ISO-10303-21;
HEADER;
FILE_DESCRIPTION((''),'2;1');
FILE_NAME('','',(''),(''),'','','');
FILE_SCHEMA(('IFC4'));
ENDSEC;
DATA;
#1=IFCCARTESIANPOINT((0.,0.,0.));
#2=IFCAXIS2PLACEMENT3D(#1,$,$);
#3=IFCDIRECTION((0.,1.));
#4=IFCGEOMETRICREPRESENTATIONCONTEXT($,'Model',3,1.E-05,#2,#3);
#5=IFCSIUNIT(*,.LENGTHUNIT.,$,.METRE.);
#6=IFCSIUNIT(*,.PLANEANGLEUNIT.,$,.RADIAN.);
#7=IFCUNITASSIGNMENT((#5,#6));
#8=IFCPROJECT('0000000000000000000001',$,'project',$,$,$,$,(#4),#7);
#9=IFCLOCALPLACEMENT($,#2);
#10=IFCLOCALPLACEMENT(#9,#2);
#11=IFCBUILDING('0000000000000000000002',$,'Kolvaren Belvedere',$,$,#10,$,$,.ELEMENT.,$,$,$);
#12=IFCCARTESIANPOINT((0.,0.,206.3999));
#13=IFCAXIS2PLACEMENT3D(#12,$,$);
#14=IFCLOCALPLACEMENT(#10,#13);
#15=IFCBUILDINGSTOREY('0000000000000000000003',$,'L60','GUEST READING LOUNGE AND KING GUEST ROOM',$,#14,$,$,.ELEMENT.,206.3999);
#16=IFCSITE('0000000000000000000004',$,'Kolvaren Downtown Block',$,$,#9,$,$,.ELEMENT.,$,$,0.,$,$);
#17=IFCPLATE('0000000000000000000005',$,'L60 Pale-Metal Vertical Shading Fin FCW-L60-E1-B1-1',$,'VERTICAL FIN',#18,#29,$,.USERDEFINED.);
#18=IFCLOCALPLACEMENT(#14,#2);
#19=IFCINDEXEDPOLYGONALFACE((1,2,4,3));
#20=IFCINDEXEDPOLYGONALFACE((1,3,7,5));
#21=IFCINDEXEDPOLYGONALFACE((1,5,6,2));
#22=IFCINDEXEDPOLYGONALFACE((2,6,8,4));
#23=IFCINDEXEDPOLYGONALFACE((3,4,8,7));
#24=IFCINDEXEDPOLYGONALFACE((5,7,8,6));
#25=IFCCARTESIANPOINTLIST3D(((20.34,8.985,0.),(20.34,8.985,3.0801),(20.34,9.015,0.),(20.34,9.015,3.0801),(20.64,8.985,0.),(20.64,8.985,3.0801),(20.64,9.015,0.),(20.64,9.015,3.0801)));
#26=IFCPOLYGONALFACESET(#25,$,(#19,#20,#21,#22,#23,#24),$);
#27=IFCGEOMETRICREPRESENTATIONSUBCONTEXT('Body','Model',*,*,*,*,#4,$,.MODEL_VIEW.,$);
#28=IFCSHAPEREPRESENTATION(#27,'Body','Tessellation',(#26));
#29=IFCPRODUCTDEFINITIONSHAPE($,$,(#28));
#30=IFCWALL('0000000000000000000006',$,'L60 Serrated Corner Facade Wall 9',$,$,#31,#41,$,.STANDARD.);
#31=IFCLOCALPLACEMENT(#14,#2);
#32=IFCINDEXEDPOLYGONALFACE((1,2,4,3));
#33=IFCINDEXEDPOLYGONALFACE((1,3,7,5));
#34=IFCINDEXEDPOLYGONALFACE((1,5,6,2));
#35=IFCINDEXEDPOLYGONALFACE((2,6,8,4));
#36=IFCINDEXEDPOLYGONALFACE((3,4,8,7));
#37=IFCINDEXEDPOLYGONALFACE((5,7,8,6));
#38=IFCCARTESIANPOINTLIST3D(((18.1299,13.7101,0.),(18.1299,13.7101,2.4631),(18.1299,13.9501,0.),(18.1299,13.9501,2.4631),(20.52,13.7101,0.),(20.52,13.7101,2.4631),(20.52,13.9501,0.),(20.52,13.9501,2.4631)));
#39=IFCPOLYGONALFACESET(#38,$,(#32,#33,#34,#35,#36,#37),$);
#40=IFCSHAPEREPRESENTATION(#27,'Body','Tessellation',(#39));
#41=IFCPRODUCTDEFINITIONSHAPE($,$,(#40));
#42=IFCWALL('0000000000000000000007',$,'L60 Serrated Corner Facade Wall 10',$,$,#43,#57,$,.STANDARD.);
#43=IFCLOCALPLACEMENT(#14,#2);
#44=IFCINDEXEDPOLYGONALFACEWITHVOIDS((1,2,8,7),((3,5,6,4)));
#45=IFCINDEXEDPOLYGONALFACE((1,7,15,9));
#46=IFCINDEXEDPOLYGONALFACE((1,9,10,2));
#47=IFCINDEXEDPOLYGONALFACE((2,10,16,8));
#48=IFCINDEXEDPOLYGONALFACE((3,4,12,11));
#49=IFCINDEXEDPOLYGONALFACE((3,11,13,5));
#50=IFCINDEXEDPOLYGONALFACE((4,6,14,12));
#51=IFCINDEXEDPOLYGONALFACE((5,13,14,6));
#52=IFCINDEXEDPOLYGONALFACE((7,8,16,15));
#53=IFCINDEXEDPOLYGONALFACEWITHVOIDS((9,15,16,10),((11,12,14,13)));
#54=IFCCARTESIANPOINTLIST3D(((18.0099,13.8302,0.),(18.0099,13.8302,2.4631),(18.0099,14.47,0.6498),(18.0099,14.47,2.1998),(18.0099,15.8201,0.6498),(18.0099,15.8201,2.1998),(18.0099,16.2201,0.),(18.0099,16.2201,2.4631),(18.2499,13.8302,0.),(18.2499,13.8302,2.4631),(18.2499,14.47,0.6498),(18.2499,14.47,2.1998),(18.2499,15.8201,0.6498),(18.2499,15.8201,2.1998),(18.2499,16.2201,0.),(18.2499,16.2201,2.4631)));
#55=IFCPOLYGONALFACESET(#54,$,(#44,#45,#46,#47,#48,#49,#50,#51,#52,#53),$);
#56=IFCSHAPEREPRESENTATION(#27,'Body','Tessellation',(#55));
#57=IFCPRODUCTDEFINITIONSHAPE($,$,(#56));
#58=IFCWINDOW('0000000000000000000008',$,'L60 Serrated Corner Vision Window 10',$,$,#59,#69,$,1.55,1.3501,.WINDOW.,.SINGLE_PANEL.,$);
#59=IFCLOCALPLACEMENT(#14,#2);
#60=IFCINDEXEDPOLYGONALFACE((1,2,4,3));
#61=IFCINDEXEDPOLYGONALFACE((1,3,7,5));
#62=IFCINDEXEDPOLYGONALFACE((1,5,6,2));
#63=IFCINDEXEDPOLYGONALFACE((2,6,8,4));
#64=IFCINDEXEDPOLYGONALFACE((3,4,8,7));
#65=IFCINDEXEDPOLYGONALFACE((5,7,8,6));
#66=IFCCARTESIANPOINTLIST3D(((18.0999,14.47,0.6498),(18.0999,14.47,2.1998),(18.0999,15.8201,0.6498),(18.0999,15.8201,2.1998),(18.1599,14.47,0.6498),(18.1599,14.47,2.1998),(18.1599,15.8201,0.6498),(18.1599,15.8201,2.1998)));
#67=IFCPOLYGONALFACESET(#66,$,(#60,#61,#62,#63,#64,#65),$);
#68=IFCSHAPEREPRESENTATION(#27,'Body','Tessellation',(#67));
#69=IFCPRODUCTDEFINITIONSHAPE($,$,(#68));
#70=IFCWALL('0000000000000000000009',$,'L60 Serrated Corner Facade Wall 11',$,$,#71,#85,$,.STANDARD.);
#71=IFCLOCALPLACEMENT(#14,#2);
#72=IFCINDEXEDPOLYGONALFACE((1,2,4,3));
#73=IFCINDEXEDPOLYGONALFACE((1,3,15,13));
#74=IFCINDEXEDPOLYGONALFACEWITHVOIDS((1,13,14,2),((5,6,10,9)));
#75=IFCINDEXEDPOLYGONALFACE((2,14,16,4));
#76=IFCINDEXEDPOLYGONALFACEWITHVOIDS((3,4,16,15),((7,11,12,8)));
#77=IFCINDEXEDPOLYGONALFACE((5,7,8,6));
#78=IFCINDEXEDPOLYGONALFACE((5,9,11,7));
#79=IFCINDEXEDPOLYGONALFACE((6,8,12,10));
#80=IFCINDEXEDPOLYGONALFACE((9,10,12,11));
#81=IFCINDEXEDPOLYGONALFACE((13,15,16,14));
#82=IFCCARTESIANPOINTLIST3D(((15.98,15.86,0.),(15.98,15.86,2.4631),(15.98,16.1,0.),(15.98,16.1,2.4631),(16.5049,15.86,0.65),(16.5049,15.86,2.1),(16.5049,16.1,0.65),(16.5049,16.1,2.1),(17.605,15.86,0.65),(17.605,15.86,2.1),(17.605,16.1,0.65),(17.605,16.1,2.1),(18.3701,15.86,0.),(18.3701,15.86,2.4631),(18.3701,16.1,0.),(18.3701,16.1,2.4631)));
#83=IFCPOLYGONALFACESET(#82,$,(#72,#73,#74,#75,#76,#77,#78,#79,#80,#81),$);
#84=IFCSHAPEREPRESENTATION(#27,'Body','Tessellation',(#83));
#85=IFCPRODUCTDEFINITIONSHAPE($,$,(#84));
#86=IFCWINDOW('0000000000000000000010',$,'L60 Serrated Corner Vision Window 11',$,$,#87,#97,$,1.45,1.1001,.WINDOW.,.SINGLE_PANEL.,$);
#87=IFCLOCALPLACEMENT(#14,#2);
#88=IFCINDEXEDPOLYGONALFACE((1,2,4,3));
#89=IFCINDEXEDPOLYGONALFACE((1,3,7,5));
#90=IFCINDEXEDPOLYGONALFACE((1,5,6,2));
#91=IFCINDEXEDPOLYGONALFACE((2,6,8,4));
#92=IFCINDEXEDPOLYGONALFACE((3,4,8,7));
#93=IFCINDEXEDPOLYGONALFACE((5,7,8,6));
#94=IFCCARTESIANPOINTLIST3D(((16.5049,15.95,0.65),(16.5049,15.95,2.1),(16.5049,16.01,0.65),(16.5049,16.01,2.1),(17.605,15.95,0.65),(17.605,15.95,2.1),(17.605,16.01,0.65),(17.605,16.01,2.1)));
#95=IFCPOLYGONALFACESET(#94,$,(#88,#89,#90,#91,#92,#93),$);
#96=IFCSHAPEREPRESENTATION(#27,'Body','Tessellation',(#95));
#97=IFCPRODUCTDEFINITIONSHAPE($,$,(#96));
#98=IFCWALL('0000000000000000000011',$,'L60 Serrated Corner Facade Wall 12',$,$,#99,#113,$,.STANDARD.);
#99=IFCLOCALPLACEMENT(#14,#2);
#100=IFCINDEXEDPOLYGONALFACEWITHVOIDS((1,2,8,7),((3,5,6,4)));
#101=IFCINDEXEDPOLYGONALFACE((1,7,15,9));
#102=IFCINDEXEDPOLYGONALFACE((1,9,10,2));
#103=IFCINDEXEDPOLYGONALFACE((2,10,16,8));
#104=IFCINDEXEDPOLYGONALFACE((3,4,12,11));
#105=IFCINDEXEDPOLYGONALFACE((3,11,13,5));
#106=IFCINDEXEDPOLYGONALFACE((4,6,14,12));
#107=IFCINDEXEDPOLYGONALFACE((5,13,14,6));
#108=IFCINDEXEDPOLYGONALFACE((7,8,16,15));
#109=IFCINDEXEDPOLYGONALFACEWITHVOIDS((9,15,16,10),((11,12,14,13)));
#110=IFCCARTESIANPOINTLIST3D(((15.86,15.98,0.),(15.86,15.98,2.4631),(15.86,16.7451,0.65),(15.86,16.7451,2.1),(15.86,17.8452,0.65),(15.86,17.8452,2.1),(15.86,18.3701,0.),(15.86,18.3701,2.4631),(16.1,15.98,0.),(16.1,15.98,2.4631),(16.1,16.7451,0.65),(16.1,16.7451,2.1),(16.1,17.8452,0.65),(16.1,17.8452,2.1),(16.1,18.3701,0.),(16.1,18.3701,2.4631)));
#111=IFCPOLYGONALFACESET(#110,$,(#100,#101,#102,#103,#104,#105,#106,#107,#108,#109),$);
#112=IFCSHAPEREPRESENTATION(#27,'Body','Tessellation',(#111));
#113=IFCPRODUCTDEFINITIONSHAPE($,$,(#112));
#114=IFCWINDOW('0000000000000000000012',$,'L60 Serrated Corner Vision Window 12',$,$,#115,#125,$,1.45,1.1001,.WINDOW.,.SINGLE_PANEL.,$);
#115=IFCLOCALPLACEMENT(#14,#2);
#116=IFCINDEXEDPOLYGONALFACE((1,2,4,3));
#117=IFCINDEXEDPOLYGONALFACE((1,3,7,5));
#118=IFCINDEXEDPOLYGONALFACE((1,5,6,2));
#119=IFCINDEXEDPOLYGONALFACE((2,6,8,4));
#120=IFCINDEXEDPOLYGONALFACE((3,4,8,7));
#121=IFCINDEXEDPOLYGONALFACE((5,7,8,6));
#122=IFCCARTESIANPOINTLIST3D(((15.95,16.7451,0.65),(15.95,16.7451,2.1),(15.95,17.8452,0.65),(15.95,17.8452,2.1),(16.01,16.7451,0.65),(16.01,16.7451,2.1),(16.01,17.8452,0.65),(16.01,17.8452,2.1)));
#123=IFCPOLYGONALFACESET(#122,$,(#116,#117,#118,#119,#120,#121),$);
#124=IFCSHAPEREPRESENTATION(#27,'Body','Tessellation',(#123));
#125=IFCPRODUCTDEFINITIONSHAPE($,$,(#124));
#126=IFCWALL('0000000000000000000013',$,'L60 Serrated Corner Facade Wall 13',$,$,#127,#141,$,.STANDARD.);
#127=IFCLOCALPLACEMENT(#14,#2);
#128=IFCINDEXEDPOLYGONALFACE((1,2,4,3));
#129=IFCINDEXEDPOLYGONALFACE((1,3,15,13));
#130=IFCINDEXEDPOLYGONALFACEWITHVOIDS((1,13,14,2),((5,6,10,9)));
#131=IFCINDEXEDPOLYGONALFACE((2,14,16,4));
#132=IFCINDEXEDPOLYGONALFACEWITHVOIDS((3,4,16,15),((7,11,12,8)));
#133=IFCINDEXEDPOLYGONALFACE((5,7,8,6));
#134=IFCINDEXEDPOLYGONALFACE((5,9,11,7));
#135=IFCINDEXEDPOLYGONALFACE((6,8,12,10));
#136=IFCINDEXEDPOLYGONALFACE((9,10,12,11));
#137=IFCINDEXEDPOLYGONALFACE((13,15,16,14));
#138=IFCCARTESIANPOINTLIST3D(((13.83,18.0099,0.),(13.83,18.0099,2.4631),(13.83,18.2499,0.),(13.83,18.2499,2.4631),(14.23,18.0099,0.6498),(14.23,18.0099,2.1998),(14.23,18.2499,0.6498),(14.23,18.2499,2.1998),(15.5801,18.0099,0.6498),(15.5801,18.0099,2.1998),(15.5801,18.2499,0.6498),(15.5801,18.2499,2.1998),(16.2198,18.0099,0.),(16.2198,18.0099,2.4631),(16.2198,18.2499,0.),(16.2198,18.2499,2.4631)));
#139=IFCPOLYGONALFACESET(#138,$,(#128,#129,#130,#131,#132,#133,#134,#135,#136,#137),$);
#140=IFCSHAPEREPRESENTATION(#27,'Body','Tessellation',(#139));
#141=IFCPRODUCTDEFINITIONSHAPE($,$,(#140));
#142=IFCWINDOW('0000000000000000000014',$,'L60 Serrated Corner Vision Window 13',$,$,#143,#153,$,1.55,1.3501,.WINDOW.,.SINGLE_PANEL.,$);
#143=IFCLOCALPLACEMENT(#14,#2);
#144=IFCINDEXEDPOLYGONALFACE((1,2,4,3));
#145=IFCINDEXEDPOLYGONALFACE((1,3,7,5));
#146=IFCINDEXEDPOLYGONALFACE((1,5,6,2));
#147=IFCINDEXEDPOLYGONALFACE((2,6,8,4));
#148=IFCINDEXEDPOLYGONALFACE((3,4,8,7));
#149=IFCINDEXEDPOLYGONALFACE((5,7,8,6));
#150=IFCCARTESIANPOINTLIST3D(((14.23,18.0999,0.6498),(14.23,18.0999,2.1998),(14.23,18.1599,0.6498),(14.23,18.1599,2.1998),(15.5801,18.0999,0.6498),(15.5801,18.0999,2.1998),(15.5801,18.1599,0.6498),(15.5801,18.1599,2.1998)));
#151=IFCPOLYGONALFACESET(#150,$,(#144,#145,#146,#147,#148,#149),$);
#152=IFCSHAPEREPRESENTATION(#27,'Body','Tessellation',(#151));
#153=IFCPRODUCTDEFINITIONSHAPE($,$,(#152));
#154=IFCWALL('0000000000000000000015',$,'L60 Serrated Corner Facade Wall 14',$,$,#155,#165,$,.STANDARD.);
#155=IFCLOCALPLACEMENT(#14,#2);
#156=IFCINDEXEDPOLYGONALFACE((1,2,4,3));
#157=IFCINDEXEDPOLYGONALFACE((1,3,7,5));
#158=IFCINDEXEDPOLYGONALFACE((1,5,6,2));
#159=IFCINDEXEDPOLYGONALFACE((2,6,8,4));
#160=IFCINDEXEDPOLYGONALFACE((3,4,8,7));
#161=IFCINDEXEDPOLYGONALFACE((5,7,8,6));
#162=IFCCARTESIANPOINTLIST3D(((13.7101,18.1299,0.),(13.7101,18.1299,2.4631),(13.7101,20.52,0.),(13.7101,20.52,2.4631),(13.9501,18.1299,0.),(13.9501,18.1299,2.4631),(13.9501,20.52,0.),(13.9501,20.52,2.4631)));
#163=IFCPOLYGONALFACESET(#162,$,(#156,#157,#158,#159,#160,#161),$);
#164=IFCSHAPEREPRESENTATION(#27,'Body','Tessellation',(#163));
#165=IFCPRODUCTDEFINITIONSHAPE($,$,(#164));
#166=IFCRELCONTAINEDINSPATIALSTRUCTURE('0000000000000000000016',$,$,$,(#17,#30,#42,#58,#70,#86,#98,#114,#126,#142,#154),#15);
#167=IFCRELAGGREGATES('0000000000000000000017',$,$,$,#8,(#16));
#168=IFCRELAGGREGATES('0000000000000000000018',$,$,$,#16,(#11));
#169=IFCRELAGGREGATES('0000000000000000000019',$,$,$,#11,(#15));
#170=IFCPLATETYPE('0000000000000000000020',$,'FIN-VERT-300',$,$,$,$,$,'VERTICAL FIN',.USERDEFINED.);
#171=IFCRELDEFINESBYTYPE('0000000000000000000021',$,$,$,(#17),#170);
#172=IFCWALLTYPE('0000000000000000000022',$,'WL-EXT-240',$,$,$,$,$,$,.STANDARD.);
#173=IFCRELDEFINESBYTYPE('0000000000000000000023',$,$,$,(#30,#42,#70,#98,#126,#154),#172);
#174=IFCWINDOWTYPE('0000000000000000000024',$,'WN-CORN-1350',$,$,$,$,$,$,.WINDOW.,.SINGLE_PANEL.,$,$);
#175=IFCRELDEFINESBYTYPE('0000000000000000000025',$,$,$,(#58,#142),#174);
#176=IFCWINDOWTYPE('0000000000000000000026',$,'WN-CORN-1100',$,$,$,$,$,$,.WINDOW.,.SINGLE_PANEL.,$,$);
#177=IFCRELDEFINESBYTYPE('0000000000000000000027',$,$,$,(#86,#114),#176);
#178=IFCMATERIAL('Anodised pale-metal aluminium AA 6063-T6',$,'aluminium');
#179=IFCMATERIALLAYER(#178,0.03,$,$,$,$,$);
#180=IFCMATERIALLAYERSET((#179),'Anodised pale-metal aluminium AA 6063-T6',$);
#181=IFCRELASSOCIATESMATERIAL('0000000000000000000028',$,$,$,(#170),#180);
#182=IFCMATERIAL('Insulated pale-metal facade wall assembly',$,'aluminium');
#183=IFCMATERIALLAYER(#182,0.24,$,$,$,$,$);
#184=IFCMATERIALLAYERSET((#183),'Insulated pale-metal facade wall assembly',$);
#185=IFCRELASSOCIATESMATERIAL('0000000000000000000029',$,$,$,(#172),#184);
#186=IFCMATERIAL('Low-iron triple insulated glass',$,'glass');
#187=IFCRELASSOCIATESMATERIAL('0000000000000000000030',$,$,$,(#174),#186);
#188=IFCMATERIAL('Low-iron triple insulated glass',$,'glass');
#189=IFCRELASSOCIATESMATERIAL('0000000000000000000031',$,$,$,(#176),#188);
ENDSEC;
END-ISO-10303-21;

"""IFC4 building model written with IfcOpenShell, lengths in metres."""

from ifc_helpers import new_model, si_unit, direction, frame, frame_2d, origin, origin_2d, place, context, subcontext, project, spatial, rectangle, extrude, material, layer, layer_set, type_object, element, fill, save


model = new_model("IFC4")

# Units and contexts
model_context = context("Model", 3, precision=1e-05, world=origin(), true_north=direction((0.0, 1.0)))
body_context = subcontext(model_context, "Body", "Model", "MODEL_VIEW")
ifc_project = project(units=[si_unit("LENGTHUNIT", "METRE"), si_unit("PLANEANGLEUNIT", "RADIAN")], contexts=[model_context])

# Site, building, storey
site_placement = place(None, origin())
site = spatial("IfcSite", under=ifc_project, at=site_placement, Name="Kolvaren Downtown Block", CompositionType="ELEMENT", RefElevation=0.0)
building_placement = place(site_placement, origin())
building = spatial("IfcBuilding", under=site, at=building_placement, Name="Kolvaren Belvedere", CompositionType="ELEMENT")
storey_placement = place(building_placement, frame((0.0, 0.0, 206.3999)))
storey = spatial("IfcBuildingStorey", under=building, at=storey_placement, Name="L60", Description="GUEST READING LOUNGE AND KING GUEST ROOM", CompositionType="ELEMENT", Elevation=206.3999)

# Plate
ifc_material_1 = material(Name="Anodised pale-metal aluminium AA 6063-T6", Category="aluminium")
ifc_layer_1 = layer(ifc_material_1, 0.03)
ifc_layer_set_1 = layer_set([ifc_layer_1], Name="Anodised pale-metal aluminium AA 6063-T6")
plate_type_1 = type_object("IfcPlateType", Name="FIN-VERT-300", ElementType="VERTICAL FIN", PredefinedType="USERDEFINED", material=ifc_layer_set_1)
plate_1_placement = place(storey_placement, frame((20.49, 9.0, 0.0), z_axis=(0.0, 0.0, 1.0), x_axis=(1.0, 0.0, 0.0)))
element("IfcPlate", 1, at=plate_1_placement, inside=storey, type_object=plate_type_1, Name="L60 Pale-Metal Vertical Shading Fin FCW-L60-E1-B1-1", ObjectType="VERTICAL FIN", PredefinedType="USERDEFINED", context=body_context, shape_type="SweptSolid", body=[
    extrude(rectangle(XDim=0.3, YDim=0.03, at=origin_2d()), origin(), (0.0, 0.0, 1.0), 3.0801),
])

# Wall
ifc_material_2 = material(Name="Insulated pale-metal facade wall assembly", Category="aluminium")
ifc_layer_2 = layer(ifc_material_2, 0.24)
ifc_layer_set_2 = layer_set([ifc_layer_2], Name="Insulated pale-metal facade wall assembly")
wall_type_1 = type_object("IfcWallType", Name="WL-EXT-240", PredefinedType="STANDARD", material=ifc_layer_set_2)
wall_1_placement = place(storey_placement, frame((18.1299, 13.8301, 0.0), z_axis=(0.0, 0.0, 1.0), x_axis=(1.0, 0.0, 0.0)))
element("IfcWall", 2, at=wall_1_placement, inside=storey, type_object=wall_type_1, Name="L60 Serrated Corner Facade Wall 9", PredefinedType="STANDARD", context=body_context, shape_type="SweptSolid", body=[
    extrude(rectangle(XDim=2.3901, YDim=0.24, at=frame_2d((1.1951, 0.0))), origin(), (0.0, 0.0, 1.0), 2.4631),
])

# Walls, openings, windows
wall_2_placement = place(storey_placement, frame((18.1299, 16.22, 0.0), z_axis=(0.0, 0.0, 1.0), x_axis=(0.0, -1.0, 0.0)))
wall_2 = element("IfcWall", 3, at=wall_2_placement, inside=storey, type_object=wall_type_1, Name="L60 Serrated Corner Facade Wall 10", PredefinedType="STANDARD", context=body_context, shape_type="SweptSolid", body=[
    extrude(rectangle(XDim=2.3899, YDim=0.24, at=frame_2d((1.1948, 0.0))), origin(), (0.0, 0.0, 1.0), 2.4631),
])
opening_1_placement = place(wall_2_placement, frame((0.3999, 0.0, 0.6499)))
opening_1 = element("IfcOpeningElement", 4, at=opening_1_placement, cuts=wall_2, PredefinedType="OPENING", context=body_context, shape_type="SweptSolid", body=[
    extrude(rectangle(XDim=1.3501, YDim=1.55, at=frame_2d((0.675, 0.7749))), frame((0.0, 0.1299, 0.0), z_axis=(0.0, -1.0, 0.0), x_axis=(1.0, 0.0, 0.0)), (0.0, 0.0, 1.0), 0.26),
])
ifc_material_3 = material(Name="Low-iron triple insulated glass", Category="glass")
window_type_1 = type_object("IfcWindowType", Name="WN-CORN-1350", PartitioningType="SINGLE_PANEL", PredefinedType="WINDOW", material=ifc_material_3)
window_1_placement = place(opening_1_placement, origin())
window_1 = element("IfcWindow", 5, at=window_1_placement, inside=storey, type_object=window_type_1, Name="L60 Serrated Corner Vision Window 10", OverallHeight=1.55, OverallWidth=1.3501, PartitioningType="SINGLE_PANEL", PredefinedType="WINDOW", context=body_context, shape_type="SweptSolid", body=[
    extrude(rectangle(XDim=1.3501, YDim=1.55, at=frame_2d((0.675, 0.7749))), frame((0.0, 0.03, 0.0), z_axis=(0.0, -1.0, 0.0), x_axis=(1.0, 0.0, 0.0)), (0.0, 0.0, 1.0), 0.0601),
])
fill(opening_1, window_1)
wall_3_placement = place(storey_placement, frame((15.98, 15.98, 0.0), z_axis=(0.0, 0.0, 1.0), x_axis=(1.0, 0.0, 0.0)))
wall_3 = element("IfcWall", 6, at=wall_3_placement, inside=storey, type_object=wall_type_1, Name="L60 Serrated Corner Facade Wall 11", PredefinedType="STANDARD", context=body_context, shape_type="SweptSolid", body=[
    extrude(rectangle(XDim=2.3901, YDim=0.24, at=frame_2d((1.1951, 0.0))), origin(), (0.0, 0.0, 1.0), 2.4631),
])
opening_2_placement = place(wall_3_placement, frame((0.5249, 0.0, 0.6499)))
opening_2 = element("IfcOpeningElement", 7, at=opening_2_placement, cuts=wall_3, PredefinedType="OPENING", context=body_context, shape_type="SweptSolid", body=[
    extrude(rectangle(XDim=1.1001, YDim=1.45, at=frame_2d((0.55, 0.7251))), frame((0.0, 0.1299, 0.0), z_axis=(0.0, -1.0, 0.0), x_axis=(1.0, 0.0, 0.0)), (0.0, 0.0, 1.0), 0.26),
])
ifc_material_4 = material(Name="Low-iron triple insulated glass", Category="glass")
window_type_2 = type_object("IfcWindowType", Name="WN-CORN-1100", PartitioningType="SINGLE_PANEL", PredefinedType="WINDOW", material=ifc_material_4)
window_2_placement = place(opening_2_placement, origin())
window_2 = element("IfcWindow", 8, at=window_2_placement, inside=storey, type_object=window_type_2, Name="L60 Serrated Corner Vision Window 11", OverallHeight=1.45, OverallWidth=1.1001, PartitioningType="SINGLE_PANEL", PredefinedType="WINDOW", context=body_context, shape_type="SweptSolid", body=[
    extrude(rectangle(XDim=1.1001, YDim=1.45, at=frame_2d((0.55, 0.7251))), frame((0.0, 0.03, 0.0), z_axis=(0.0, -1.0, 0.0), x_axis=(1.0, 0.0, 0.0)), (0.0, 0.0, 1.0), 0.0601),
])
fill(opening_2, window_2)
wall_4_placement = place(storey_placement, frame((15.98, 18.3701, 0.0), z_axis=(0.0, 0.0, 1.0), x_axis=(0.0, -1.0, 0.0)))
wall_4 = element("IfcWall", 9, at=wall_4_placement, inside=storey, type_object=wall_type_1, Name="L60 Serrated Corner Facade Wall 12", PredefinedType="STANDARD", context=body_context, shape_type="SweptSolid", body=[
    extrude(rectangle(XDim=2.3901, YDim=0.24, at=frame_2d((1.1951, 0.0))), origin(), (0.0, 0.0, 1.0), 2.4631),
])
opening_3_placement = place(wall_4_placement, frame((0.5249, 0.0, 0.6499)))
opening_3 = element("IfcOpeningElement", 10, at=opening_3_placement, cuts=wall_4, PredefinedType="OPENING", context=body_context, shape_type="SweptSolid", body=[
    extrude(rectangle(XDim=1.1001, YDim=1.45, at=frame_2d((0.55, 0.7251))), frame((0.0, 0.1299, 0.0), z_axis=(0.0, -1.0, 0.0), x_axis=(1.0, 0.0, 0.0)), (0.0, 0.0, 1.0), 0.26),
])
window_3_placement = place(opening_3_placement, origin())
window_3 = element("IfcWindow", 11, at=window_3_placement, inside=storey, type_object=window_type_2, Name="L60 Serrated Corner Vision Window 12", OverallHeight=1.45, OverallWidth=1.1001, PartitioningType="SINGLE_PANEL", PredefinedType="WINDOW", context=body_context, shape_type="SweptSolid", body=[
    extrude(rectangle(XDim=1.1001, YDim=1.45, at=frame_2d((0.55, 0.7251))), frame((0.0, 0.03, 0.0), z_axis=(0.0, -1.0, 0.0), x_axis=(1.0, 0.0, 0.0)), (0.0, 0.0, 1.0), 0.0601),
])
fill(opening_3, window_3)
wall_5_placement = place(storey_placement, frame((13.8301, 18.1299, 0.0), z_axis=(0.0, 0.0, 1.0), x_axis=(1.0, 0.0, 0.0)))
wall_5 = element("IfcWall", 12, at=wall_5_placement, inside=storey, type_object=wall_type_1, Name="L60 Serrated Corner Facade Wall 13", PredefinedType="STANDARD", context=body_context, shape_type="SweptSolid", body=[
    extrude(rectangle(XDim=2.3899, YDim=0.24, at=frame_2d((1.1948, 0.0))), origin(), (0.0, 0.0, 1.0), 2.4631),
])
opening_4_placement = place(wall_5_placement, frame((0.3999, 0.0, 0.6499)))
opening_4 = element("IfcOpeningElement", 13, at=opening_4_placement, cuts=wall_5, PredefinedType="OPENING", context=body_context, shape_type="SweptSolid", body=[
    extrude(rectangle(XDim=1.3501, YDim=1.55, at=frame_2d((0.675, 0.7749))), frame((0.0, 0.1299, 0.0), z_axis=(0.0, -1.0, 0.0), x_axis=(1.0, 0.0, 0.0)), (0.0, 0.0, 1.0), 0.26),
])
window_4_placement = place(opening_4_placement, origin())
window_4 = element("IfcWindow", 14, at=window_4_placement, inside=storey, type_object=window_type_1, Name="L60 Serrated Corner Vision Window 13", OverallHeight=1.55, OverallWidth=1.3501, PartitioningType="SINGLE_PANEL", PredefinedType="WINDOW", context=body_context, shape_type="SweptSolid", body=[
    extrude(rectangle(XDim=1.3501, YDim=1.55, at=frame_2d((0.675, 0.7749))), frame((0.0, 0.03, 0.0), z_axis=(0.0, -1.0, 0.0), x_axis=(1.0, 0.0, 0.0)), (0.0, 0.0, 1.0), 0.0601),
])
fill(opening_4, window_4)

# Wall
wall_6_placement = place(storey_placement, frame((13.8301, 20.52, 0.0), z_axis=(0.0, 0.0, 1.0), x_axis=(0.0, -1.0, 0.0)))
element("IfcWall", 15, at=wall_6_placement, inside=storey, type_object=wall_type_1, Name="L60 Serrated Corner Facade Wall 14", PredefinedType="STANDARD", context=body_context, shape_type="SweptSolid", body=[
    extrude(rectangle(XDim=2.3901, YDim=0.24, at=frame_2d((1.1951, 0.0))), origin(), (0.0, 0.0, 1.0), 2.4631),
])

save(model, "model.ifc")
